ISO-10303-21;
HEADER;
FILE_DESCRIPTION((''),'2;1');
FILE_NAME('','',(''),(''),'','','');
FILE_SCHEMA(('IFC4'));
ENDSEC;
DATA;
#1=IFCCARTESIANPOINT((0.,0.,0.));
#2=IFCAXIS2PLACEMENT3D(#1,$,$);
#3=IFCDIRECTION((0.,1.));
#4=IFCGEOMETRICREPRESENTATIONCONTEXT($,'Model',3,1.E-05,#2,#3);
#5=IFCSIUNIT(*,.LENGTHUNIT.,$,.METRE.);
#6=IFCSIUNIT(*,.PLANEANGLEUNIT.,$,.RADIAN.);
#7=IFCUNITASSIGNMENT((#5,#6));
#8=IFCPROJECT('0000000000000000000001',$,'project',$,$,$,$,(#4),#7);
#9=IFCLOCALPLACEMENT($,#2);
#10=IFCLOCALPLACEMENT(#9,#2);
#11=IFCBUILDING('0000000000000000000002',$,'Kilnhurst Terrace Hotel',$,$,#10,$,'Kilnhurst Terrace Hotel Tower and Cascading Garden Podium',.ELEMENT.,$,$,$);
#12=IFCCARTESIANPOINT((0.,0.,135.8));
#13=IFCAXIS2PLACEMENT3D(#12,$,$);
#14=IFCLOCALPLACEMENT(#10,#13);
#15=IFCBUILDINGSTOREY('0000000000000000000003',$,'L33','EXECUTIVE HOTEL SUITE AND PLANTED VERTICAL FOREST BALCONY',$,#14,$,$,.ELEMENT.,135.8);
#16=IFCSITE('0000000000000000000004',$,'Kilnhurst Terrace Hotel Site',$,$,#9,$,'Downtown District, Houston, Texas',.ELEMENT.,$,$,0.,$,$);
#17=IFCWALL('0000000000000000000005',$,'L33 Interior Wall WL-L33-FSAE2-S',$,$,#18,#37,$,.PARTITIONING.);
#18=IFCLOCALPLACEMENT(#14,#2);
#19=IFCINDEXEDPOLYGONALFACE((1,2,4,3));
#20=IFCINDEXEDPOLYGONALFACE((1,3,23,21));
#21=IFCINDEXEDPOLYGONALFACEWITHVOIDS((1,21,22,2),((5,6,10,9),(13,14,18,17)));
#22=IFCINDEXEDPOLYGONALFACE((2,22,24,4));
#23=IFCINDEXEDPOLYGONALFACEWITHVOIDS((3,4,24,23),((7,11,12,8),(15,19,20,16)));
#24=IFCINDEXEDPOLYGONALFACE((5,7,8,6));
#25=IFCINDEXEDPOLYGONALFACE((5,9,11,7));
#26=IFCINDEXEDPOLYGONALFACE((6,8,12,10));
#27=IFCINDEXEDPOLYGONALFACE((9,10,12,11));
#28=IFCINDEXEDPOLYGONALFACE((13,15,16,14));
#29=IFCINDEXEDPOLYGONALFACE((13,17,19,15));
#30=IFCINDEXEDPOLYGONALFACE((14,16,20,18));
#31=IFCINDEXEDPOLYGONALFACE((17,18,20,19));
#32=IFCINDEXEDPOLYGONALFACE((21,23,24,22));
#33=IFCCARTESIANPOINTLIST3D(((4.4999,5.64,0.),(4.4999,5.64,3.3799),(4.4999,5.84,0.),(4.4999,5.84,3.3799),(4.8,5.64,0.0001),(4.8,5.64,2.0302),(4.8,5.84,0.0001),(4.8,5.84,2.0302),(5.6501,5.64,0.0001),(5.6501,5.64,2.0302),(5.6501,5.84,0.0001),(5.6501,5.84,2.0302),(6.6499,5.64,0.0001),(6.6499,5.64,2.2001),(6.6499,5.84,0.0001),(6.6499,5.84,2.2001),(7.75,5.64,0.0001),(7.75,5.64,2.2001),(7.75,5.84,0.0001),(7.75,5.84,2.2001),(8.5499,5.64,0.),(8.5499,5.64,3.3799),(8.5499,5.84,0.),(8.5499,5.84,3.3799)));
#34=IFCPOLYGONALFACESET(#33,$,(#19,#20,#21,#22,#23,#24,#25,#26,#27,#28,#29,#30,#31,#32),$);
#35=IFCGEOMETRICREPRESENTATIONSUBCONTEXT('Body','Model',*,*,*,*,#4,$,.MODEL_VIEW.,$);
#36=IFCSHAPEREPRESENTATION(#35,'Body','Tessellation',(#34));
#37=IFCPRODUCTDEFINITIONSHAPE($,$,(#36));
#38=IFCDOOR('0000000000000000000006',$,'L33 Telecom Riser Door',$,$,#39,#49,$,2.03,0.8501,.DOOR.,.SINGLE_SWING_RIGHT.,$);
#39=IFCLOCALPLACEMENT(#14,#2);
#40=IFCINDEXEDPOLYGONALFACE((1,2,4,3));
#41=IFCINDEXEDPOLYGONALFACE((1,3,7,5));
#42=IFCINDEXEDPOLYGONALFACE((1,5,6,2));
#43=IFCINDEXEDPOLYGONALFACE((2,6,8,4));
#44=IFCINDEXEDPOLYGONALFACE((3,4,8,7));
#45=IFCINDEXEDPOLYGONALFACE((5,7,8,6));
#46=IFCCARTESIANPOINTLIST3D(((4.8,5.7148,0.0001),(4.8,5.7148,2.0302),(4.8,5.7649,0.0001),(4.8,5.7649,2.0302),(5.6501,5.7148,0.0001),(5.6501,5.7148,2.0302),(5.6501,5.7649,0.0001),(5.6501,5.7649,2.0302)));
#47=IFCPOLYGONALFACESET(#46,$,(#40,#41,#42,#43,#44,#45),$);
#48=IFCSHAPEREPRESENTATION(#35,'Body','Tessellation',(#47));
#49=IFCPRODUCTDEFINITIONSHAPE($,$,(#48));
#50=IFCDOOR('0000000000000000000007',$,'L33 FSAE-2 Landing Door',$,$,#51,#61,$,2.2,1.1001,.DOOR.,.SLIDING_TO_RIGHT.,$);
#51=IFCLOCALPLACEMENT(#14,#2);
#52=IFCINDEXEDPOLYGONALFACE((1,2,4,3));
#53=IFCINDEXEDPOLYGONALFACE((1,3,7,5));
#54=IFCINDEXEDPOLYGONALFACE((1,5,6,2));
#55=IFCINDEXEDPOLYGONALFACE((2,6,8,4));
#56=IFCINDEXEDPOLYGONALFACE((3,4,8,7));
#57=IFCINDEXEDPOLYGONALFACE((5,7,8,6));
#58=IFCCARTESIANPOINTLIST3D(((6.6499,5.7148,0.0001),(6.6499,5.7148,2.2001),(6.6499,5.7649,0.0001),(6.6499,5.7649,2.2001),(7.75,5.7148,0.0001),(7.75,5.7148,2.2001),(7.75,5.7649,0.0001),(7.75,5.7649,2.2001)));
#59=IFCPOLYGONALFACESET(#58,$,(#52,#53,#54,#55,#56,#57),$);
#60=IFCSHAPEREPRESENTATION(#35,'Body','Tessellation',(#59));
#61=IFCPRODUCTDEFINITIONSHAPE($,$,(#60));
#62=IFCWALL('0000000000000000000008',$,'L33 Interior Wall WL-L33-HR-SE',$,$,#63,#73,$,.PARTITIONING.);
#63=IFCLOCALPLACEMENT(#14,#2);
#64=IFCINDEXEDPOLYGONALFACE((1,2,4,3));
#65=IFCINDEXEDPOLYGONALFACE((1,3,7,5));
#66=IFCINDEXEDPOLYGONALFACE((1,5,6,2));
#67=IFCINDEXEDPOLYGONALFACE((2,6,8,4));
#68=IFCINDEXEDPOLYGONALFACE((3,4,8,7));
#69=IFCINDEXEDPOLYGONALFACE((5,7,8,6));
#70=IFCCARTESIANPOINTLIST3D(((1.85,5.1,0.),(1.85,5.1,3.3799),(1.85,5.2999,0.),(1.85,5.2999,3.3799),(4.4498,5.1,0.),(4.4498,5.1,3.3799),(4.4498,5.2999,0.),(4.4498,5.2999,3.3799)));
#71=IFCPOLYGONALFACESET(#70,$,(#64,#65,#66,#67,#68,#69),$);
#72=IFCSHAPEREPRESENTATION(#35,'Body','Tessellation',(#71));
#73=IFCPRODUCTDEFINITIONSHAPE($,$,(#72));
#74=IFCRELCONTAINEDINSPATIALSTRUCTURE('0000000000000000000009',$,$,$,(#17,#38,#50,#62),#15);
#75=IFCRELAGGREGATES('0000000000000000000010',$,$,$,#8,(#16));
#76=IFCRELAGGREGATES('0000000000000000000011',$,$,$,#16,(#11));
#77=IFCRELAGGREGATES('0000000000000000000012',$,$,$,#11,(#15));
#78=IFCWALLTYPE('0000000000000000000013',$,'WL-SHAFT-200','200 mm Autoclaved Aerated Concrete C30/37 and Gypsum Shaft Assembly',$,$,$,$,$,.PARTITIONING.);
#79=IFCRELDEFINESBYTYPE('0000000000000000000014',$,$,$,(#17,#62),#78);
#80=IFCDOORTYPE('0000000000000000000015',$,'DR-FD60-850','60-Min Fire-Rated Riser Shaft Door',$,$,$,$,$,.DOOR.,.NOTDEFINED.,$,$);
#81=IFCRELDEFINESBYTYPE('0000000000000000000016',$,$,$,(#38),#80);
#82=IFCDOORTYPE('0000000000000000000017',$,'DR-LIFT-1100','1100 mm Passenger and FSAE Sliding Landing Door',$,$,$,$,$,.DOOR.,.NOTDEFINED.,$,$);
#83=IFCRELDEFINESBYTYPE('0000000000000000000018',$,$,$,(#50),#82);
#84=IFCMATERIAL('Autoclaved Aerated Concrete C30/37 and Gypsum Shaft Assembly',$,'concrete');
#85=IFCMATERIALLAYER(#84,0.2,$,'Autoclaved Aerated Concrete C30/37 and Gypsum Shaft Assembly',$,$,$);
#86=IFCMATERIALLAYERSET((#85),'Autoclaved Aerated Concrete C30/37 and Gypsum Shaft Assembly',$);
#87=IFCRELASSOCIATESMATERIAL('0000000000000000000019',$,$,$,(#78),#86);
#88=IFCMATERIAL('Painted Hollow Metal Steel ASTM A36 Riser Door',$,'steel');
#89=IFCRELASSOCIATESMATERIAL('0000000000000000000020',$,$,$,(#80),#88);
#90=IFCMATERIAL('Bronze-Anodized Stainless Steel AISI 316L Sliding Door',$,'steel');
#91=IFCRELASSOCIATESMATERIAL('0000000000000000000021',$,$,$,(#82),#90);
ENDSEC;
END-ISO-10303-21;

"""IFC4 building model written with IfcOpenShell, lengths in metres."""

from ifc_helpers import new_model, si_unit, direction, frame, frame_2d, origin, place, context, subcontext, project, spatial, rectangle, extrude, material, layer, layer_set, type_object, element, fill, save


model = new_model("IFC4")

# Units and contexts
model_context = context("Model", 3, precision=1e-05, world=origin(), true_north=direction((0.0, 1.0)))
body_context = subcontext(model_context, "Body", "Model", "MODEL_VIEW")
ifc_project = project(units=[si_unit("LENGTHUNIT", "METRE"), si_unit("PLANEANGLEUNIT", "RADIAN")], contexts=[model_context])

# Site, building, storey
site_placement = place(None, origin())
site = spatial("IfcSite", under=ifc_project, at=site_placement, Name="Kilnhurst Terrace Hotel Site", LongName="Downtown District, Houston, Texas", CompositionType="ELEMENT", RefElevation=0.0)
building_placement = place(site_placement, origin())
building = spatial("IfcBuilding", under=site, at=building_placement, Name="Kilnhurst Terrace Hotel", LongName="Kilnhurst Terrace Hotel Tower and Cascading Garden Podium", CompositionType="ELEMENT")
storey_placement = place(building_placement, frame((0.0, 0.0, 135.8)))
storey = spatial("IfcBuildingStorey", under=building, at=storey_placement, Name="L33", Description="EXECUTIVE HOTEL SUITE AND PLANTED VERTICAL FOREST BALCONY", CompositionType="ELEMENT", Elevation=135.8)

# Wall, openings, doors
ifc_material_1 = material(Name="Autoclaved Aerated Concrete C30/37 and Gypsum Shaft Assembly", Category="concrete")
ifc_layer_1 = layer(ifc_material_1, 0.2, Name="Autoclaved Aerated Concrete C30/37 and Gypsum Shaft Assembly")
ifc_layer_set_1 = layer_set([ifc_layer_1], Name="Autoclaved Aerated Concrete C30/37 and Gypsum Shaft Assembly")
wall_type_1 = type_object("IfcWallType", Name="WL-SHAFT-200", Description="200 mm Autoclaved Aerated Concrete C30/37 and Gypsum Shaft Assembly", PredefinedType="PARTITIONING", material=ifc_layer_set_1)
wall_1_placement = place(storey_placement, frame((4.5, 5.74, 0.0), z_axis=(0.0, 0.0, 1.0), x_axis=(1.0, 0.0, 0.0)))
wall_1 = element("IfcWall", 1, at=wall_1_placement, inside=storey, type_object=wall_type_1, Name="L33 Interior Wall WL-L33-FSAE2-S", PredefinedType="PARTITIONING", context=body_context, shape_type="SweptSolid", body=[
    extrude(rectangle(XDim=4.05, YDim=0.2, at=frame_2d((2.0249, 0.0))), origin(), (0.0, 0.0, 1.0), 3.3799),
])
opening_1_placement = place(wall_1_placement, frame((0.3, 0.0, 0.0)))
opening_1 = element("IfcOpeningElement", 2, at=opening_1_placement, cuts=wall_1, PredefinedType="OPENING", context=body_context, shape_type="SweptSolid", body=[
    extrude(rectangle(XDim=0.8501, YDim=2.03, at=frame_2d((0.425, 1.0151))), frame((0.0, 0.1099, 0.0), z_axis=(0.0, -1.0, 0.0), x_axis=(1.0, 0.0, 0.0)), (0.0, 0.0, 1.0), 0.22),
])
opening_2_placement = place(wall_1_placement, frame((2.1499, 0.0, 0.0)))
opening_2 = element("IfcOpeningElement", 3, at=opening_2_placement, cuts=wall_1, PredefinedType="OPENING", context=body_context, shape_type="SweptSolid", body=[
    extrude(rectangle(XDim=1.1001, YDim=2.2, at=frame_2d((0.55, 1.1001))), frame((0.0, 0.1099, 0.0), z_axis=(0.0, -1.0, 0.0), x_axis=(1.0, 0.0, 0.0)), (0.0, 0.0, 1.0), 0.22),
])
ifc_material_2 = material(Name="Painted Hollow Metal Steel ASTM A36 Riser Door", Category="steel")
door_type_1 = type_object("IfcDoorType", Name="DR-FD60-850", Description="60-Min Fire-Rated Riser Shaft Door", OperationType="NOTDEFINED", PredefinedType="DOOR", material=ifc_material_2)
door_1_placement = place(opening_1_placement, origin())
door_1 = element("IfcDoor", 4, at=door_1_placement, inside=storey, type_object=door_type_1, Name="L33 Telecom Riser Door", OperationType="SINGLE_SWING_RIGHT", OverallHeight=2.03, OverallWidth=0.8501, PredefinedType="DOOR", context=body_context, shape_type="SweptSolid", body=[
    extrude(rectangle(XDim=0.8501, YDim=2.03, at=frame_2d((0.425, 1.0151))), frame((0.0, 0.0249, 0.0), z_axis=(0.0, -1.0, 0.0), x_axis=(1.0, 0.0, 0.0)), (0.0, 0.0, 1.0), 0.05),
])
fill(opening_1, door_1)
ifc_material_3 = material(Name="Bronze-Anodized Stainless Steel AISI 316L Sliding Door", Category="steel")
door_type_2 = type_object("IfcDoorType", Name="DR-LIFT-1100", Description="1100 mm Passenger and FSAE Sliding Landing Door", OperationType="NOTDEFINED", PredefinedType="DOOR", material=ifc_material_3)
door_2_placement = place(opening_2_placement, origin())
door_2 = element("IfcDoor", 5, at=door_2_placement, inside=storey, type_object=door_type_2, Name="L33 FSAE-2 Landing Door", OperationType="SLIDING_TO_RIGHT", OverallHeight=2.2, OverallWidth=1.1001, PredefinedType="DOOR", context=body_context, shape_type="SweptSolid", body=[
    extrude(rectangle(XDim=1.1001, YDim=2.2, at=frame_2d((0.55, 1.1001))), frame((0.0, 0.0249, 0.0), z_axis=(0.0, -1.0, 0.0), x_axis=(1.0, 0.0, 0.0)), (0.0, 0.0, 1.0), 0.05),
])
fill(opening_2, door_2)

# Wall
wall_2_placement = place(storey_placement, frame((1.8501, 5.2, 0.0), z_axis=(0.0, 0.0, 1.0), x_axis=(1.0, 0.0, 0.0)))
element("IfcWall", 6, at=wall_2_placement, inside=storey, type_object=wall_type_1, Name="L33 Interior Wall WL-L33-HR-SE", PredefinedType="PARTITIONING", context=body_context, shape_type="SweptSolid", body=[
    extrude(rectangle(XDim=2.5999, YDim=0.2, at=frame_2d((1.2998, 0.0))), origin(), (0.0, 0.0, 1.0), 3.3799),
])

save(model, "model.ifc")
